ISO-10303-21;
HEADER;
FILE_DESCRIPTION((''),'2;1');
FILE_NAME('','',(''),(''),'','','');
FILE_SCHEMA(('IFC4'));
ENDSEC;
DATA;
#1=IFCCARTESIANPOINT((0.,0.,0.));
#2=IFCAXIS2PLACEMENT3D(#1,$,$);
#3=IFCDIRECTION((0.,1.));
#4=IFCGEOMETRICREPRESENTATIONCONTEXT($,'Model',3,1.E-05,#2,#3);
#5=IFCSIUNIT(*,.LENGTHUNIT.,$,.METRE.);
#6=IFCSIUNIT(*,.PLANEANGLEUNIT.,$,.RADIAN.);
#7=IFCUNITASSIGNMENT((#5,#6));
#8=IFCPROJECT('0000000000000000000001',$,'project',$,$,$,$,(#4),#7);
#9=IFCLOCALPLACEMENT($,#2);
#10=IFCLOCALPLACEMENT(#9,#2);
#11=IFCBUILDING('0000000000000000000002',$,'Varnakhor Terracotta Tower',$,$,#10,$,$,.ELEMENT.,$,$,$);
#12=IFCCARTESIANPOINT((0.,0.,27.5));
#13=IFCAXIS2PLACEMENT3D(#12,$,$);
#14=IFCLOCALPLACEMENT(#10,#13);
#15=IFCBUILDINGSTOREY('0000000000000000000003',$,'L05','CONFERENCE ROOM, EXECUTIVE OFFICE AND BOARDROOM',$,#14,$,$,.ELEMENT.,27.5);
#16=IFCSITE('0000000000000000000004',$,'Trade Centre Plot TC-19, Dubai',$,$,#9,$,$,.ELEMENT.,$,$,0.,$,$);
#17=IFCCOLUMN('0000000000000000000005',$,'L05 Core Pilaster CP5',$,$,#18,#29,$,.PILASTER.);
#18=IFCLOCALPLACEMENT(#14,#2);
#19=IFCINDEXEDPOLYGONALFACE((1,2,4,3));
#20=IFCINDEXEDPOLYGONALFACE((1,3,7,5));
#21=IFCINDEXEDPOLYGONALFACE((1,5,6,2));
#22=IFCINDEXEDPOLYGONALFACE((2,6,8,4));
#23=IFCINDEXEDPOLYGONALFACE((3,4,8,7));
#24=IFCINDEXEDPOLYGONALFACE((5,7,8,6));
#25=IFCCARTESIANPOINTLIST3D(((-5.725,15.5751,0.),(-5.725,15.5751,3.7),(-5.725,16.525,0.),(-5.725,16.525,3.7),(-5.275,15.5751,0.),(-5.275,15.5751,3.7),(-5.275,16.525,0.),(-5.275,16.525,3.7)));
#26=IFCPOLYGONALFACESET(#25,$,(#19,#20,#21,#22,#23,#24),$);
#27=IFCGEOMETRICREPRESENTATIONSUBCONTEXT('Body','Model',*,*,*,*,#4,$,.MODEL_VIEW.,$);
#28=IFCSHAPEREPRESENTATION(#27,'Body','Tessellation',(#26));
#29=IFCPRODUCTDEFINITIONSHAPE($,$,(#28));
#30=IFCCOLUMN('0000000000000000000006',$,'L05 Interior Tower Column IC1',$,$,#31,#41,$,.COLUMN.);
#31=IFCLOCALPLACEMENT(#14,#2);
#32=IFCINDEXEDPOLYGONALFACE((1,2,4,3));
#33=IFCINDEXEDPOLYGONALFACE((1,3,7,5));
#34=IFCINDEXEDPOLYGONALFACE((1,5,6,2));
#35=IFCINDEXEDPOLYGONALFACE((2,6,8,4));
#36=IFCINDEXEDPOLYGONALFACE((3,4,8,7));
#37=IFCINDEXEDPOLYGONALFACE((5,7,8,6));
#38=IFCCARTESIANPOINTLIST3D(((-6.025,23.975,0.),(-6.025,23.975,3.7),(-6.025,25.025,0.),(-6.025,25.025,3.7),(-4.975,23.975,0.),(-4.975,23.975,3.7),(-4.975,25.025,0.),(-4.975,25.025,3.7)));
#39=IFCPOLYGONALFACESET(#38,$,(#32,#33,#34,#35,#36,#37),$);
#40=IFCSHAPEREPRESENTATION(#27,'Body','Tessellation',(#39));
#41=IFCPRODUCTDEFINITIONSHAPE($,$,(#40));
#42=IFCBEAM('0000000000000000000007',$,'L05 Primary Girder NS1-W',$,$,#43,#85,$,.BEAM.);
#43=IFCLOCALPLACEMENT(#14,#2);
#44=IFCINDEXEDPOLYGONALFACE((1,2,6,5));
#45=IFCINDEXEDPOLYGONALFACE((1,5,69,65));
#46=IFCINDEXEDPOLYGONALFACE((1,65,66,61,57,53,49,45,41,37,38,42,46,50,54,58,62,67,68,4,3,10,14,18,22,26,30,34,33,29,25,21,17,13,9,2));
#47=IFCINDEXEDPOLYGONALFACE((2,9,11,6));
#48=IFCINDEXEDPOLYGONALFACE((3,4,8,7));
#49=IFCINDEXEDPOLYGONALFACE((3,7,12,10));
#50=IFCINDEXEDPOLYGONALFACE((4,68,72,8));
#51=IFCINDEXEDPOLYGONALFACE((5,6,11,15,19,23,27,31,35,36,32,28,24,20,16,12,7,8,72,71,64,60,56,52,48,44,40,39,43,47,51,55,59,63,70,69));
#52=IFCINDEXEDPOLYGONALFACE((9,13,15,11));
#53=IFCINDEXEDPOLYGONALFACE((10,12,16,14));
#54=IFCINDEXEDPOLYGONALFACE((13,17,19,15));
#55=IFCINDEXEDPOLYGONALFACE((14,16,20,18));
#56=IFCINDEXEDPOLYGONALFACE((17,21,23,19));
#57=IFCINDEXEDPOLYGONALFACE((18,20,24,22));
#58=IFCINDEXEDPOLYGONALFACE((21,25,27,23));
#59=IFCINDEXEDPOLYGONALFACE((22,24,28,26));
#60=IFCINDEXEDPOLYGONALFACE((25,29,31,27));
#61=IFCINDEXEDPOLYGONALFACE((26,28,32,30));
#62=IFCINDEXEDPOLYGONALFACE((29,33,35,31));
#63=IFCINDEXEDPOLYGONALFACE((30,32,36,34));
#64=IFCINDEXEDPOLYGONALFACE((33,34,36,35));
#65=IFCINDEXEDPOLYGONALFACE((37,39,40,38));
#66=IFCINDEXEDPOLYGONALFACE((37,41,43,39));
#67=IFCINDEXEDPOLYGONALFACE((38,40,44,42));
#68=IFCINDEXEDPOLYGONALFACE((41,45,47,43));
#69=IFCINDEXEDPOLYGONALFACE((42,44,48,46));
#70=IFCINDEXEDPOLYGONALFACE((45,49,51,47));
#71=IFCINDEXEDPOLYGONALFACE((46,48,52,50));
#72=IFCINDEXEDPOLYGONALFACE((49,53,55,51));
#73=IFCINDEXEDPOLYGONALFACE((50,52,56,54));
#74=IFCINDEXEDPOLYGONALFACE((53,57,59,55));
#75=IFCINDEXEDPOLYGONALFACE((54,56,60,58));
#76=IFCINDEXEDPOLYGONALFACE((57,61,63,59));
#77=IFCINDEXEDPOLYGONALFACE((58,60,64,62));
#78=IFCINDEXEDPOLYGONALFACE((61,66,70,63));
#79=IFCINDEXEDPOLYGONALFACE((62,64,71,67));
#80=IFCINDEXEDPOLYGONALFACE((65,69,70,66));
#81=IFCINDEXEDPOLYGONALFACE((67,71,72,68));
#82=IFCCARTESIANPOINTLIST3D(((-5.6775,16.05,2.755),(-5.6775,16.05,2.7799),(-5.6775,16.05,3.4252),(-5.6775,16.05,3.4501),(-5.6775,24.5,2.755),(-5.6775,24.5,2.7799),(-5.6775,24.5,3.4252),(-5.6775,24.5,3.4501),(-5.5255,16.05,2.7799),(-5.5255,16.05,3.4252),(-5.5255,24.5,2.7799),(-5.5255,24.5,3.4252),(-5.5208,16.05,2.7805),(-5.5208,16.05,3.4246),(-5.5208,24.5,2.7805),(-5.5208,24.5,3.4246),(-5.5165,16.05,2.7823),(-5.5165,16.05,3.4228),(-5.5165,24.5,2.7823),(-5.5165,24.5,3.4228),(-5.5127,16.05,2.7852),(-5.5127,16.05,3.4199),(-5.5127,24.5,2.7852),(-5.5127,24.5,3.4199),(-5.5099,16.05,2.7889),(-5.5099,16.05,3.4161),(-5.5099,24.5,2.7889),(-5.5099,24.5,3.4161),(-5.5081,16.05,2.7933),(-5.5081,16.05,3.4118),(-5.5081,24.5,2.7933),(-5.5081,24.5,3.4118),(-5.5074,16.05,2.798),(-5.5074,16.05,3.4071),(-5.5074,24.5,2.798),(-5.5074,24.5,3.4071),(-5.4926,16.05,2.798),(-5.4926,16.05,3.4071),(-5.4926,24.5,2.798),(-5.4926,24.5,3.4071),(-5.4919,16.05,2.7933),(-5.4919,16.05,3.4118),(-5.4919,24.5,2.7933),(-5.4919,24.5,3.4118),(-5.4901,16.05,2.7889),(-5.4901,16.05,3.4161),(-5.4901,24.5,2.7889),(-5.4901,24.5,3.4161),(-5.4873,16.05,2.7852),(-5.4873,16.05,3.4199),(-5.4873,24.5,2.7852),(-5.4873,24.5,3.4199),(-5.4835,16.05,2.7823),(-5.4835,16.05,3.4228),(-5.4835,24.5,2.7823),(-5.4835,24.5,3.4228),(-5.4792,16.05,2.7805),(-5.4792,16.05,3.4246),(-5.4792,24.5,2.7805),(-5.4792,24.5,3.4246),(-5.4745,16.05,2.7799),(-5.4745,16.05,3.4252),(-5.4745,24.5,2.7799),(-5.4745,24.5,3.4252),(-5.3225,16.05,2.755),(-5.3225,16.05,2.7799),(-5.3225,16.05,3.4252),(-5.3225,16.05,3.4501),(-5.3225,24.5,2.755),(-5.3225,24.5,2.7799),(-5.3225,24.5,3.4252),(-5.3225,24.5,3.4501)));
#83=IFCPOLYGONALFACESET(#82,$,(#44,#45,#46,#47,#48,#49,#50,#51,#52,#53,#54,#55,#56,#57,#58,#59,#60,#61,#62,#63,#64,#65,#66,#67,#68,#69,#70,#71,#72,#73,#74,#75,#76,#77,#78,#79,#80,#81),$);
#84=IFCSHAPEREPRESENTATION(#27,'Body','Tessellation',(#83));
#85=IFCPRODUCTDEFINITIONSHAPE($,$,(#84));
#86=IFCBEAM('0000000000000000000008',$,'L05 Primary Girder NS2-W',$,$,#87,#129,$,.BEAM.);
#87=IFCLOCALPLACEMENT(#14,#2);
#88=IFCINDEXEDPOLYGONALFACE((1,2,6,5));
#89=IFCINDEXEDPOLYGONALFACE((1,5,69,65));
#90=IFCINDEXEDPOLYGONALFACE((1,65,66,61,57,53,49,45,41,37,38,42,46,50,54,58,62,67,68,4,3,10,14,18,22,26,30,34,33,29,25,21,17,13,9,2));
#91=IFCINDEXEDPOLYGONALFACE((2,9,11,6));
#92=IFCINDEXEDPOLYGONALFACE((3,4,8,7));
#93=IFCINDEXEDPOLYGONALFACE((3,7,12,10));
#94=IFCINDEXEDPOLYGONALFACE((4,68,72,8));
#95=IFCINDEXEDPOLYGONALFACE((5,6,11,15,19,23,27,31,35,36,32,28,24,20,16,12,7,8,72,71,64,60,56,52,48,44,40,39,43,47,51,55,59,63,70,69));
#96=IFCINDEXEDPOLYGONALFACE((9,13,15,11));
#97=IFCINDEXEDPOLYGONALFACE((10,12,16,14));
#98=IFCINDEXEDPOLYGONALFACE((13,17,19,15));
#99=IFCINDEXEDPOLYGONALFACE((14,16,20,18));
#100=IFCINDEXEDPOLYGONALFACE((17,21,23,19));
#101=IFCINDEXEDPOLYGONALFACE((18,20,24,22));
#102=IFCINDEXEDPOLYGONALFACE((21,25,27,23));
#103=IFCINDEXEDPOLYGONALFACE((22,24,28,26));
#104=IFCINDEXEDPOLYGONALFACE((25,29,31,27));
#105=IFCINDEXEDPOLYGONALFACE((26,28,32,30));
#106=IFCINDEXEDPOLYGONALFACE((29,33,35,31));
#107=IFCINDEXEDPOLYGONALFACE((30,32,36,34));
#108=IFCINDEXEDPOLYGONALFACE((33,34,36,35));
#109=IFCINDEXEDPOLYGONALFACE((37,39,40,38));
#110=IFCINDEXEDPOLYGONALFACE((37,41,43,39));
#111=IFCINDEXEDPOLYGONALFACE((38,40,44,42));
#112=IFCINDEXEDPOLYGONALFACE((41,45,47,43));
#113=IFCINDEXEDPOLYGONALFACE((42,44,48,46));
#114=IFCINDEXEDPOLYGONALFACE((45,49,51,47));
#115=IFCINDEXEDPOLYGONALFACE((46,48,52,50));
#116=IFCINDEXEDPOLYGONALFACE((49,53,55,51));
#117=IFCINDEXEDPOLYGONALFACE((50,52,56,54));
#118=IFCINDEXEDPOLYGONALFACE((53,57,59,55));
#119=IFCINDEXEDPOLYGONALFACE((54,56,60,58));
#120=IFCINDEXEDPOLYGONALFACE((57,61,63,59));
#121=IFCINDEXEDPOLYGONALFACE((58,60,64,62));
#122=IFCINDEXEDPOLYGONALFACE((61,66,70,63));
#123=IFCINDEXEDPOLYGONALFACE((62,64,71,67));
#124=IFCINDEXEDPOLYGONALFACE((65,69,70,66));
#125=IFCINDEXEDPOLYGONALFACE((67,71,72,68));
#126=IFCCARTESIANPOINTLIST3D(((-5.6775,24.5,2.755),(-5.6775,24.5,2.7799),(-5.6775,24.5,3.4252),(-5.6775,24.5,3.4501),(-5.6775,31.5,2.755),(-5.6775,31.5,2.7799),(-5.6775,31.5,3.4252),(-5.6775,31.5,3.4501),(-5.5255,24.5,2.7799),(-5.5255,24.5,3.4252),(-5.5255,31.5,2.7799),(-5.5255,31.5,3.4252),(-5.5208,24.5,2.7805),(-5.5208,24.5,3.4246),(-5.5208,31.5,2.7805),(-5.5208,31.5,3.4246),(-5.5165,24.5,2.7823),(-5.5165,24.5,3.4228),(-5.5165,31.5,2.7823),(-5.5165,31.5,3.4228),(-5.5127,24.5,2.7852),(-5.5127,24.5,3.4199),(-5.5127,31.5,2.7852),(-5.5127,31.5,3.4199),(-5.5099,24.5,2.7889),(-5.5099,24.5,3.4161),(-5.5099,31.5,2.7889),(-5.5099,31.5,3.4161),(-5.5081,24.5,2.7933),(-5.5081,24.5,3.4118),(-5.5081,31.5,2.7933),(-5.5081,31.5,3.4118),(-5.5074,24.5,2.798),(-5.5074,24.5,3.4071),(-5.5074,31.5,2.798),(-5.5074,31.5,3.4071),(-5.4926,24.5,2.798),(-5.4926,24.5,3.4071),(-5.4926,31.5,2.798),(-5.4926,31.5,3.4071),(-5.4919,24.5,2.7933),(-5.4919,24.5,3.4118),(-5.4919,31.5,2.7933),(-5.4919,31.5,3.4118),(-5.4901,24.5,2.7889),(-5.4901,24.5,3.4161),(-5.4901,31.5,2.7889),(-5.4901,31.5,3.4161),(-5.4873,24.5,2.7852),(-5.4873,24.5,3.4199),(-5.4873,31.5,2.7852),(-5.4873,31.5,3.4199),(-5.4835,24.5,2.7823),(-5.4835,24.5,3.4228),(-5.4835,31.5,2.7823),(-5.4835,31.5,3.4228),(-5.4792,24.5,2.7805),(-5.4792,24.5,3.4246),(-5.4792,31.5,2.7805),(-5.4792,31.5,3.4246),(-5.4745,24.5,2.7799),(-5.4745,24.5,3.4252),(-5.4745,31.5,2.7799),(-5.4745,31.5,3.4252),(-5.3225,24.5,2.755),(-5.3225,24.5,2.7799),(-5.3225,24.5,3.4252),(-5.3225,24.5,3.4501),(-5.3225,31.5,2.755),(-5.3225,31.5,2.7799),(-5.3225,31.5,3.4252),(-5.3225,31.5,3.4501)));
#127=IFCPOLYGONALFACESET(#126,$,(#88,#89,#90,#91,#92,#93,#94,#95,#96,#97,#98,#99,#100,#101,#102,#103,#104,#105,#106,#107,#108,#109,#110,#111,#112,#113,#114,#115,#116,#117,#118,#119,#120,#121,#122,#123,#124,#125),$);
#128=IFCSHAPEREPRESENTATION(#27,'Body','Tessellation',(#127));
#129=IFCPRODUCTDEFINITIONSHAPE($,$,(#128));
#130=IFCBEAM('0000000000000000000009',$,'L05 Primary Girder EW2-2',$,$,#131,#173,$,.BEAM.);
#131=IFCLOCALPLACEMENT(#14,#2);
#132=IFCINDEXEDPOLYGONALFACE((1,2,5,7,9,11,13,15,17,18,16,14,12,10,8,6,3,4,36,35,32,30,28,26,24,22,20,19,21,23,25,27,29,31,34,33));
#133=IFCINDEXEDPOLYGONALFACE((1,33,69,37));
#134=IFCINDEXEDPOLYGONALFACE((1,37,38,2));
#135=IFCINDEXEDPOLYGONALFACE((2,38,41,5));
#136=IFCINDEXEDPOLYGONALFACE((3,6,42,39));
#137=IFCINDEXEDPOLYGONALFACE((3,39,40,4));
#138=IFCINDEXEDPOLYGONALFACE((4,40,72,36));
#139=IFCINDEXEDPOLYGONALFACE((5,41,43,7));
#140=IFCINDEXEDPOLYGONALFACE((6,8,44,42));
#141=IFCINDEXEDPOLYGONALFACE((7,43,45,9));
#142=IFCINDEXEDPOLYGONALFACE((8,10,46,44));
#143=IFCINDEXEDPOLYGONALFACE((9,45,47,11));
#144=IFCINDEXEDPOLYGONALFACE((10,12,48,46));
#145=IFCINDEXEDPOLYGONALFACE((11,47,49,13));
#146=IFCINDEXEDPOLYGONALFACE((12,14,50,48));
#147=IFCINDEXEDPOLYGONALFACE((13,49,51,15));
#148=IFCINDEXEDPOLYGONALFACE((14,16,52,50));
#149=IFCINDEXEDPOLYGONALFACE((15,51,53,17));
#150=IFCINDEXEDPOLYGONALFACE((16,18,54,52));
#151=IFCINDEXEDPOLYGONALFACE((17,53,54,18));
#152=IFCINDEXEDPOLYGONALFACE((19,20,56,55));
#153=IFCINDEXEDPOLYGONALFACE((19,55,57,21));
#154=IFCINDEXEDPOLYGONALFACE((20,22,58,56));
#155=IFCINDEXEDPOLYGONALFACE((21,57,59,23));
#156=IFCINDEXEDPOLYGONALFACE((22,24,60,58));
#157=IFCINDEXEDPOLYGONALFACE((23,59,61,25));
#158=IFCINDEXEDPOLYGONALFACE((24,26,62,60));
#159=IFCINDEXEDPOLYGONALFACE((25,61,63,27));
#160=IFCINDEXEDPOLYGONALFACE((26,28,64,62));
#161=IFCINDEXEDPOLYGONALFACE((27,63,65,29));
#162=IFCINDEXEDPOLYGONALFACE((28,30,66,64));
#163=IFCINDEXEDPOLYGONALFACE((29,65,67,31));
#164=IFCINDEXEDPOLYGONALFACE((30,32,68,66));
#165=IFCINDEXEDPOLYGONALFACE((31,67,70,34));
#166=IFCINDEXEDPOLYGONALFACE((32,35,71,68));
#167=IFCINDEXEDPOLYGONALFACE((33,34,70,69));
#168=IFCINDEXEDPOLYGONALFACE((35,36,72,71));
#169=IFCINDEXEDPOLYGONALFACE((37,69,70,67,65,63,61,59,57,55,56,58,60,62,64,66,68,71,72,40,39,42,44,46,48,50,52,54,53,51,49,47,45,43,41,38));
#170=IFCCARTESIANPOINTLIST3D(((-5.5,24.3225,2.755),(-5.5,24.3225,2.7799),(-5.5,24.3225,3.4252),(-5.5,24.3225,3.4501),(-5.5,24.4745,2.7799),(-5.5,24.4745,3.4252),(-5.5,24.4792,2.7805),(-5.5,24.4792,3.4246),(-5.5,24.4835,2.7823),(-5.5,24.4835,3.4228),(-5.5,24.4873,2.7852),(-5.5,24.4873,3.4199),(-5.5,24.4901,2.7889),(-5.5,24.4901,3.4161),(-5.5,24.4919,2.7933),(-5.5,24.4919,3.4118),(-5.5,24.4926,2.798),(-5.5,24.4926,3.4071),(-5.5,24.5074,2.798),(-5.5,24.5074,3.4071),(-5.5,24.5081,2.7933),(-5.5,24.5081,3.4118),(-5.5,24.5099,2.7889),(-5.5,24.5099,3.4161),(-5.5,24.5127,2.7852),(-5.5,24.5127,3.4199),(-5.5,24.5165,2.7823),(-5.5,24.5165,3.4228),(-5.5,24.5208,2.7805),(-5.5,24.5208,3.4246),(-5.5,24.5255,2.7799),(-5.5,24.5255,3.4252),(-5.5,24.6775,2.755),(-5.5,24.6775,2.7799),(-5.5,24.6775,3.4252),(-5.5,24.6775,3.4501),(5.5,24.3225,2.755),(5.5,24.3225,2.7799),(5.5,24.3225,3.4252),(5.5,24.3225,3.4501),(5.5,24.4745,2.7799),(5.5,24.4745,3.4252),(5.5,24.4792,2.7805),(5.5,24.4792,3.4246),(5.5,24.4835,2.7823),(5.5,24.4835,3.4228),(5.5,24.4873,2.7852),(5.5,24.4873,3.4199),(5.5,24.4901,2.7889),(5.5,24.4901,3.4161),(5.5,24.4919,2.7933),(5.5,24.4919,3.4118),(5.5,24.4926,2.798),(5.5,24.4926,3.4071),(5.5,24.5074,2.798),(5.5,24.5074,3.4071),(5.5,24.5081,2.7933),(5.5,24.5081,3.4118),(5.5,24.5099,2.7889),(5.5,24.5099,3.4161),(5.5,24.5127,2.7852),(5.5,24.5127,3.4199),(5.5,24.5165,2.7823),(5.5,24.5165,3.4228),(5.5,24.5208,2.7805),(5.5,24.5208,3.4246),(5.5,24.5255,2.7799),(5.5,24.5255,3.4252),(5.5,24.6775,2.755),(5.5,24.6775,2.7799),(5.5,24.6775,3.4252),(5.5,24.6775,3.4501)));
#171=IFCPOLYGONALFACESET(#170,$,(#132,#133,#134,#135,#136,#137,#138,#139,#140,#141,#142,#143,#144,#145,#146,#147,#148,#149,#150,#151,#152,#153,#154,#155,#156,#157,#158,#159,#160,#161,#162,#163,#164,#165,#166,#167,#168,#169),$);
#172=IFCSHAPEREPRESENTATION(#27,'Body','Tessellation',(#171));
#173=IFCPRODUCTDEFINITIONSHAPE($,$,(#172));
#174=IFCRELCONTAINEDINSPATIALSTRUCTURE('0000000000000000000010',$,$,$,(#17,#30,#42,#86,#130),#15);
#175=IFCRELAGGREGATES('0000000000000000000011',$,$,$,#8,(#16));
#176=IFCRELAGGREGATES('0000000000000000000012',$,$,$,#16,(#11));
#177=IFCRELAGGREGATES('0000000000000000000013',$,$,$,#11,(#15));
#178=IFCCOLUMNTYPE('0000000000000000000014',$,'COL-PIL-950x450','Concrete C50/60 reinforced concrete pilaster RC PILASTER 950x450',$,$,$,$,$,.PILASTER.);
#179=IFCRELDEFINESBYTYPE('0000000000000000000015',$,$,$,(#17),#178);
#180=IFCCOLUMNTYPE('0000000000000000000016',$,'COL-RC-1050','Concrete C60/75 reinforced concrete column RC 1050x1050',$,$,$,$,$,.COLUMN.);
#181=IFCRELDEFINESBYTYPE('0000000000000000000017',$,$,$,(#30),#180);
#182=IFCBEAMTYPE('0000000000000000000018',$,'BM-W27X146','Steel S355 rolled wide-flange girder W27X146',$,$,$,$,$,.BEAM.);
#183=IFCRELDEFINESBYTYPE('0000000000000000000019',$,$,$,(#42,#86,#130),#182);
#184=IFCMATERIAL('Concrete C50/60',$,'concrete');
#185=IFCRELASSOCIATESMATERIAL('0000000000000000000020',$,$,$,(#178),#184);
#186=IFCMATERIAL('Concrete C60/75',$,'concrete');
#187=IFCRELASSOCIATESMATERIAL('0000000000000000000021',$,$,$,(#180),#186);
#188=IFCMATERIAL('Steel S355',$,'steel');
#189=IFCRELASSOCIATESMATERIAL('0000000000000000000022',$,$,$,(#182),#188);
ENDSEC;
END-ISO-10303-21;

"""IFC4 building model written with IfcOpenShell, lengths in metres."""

from ifc_helpers import new_model, si_unit, direction, frame, origin, origin_2d, place, context, subcontext, project, spatial, rectangle, i_section, extrude, source, transform, mapped, material, material_profile, profile_set, type_object, type_shapes, element, save


model = new_model("IFC4")

# Units and contexts
model_context = context("Model", 3, precision=1e-05, world=origin(), true_north=direction((0.0, 1.0)))
body_context = subcontext(model_context, "Body", "Model", "MODEL_VIEW")
ifc_project = project(units=[si_unit("LENGTHUNIT", "METRE"), si_unit("PLANEANGLEUNIT", "RADIAN")], contexts=[model_context])

# Site, building, storey
site_placement = place(None, origin())
site = spatial("IfcSite", under=ifc_project, at=site_placement, Name="Trade Centre Plot TC-19, Dubai", CompositionType="ELEMENT", RefElevation=0.0)
building_placement = place(site_placement, origin())
building = spatial("IfcBuilding", under=site, at=building_placement, Name="Varnakhor Terracotta Tower", CompositionType="ELEMENT")
storey_placement = place(building_placement, frame((0.0, 0.0, 27.5)))
storey = spatial("IfcBuildingStorey", under=building, at=storey_placement, Name="L05", Description="CONFERENCE ROOM, EXECUTIVE OFFICE AND BOARDROOM", CompositionType="ELEMENT", Elevation=27.5)

# Columns
ifc_material_1 = material(Name="Concrete C50/60", Category="concrete")
ifc_material_profile_1 = material_profile(ifc_material_1, rectangle(XDim=0.45, YDim=0.95, at=origin_2d()), Name="RC PILASTER 950x450")
ifc_profile_set_1 = profile_set([ifc_material_profile_1], Name="Concrete C50/60")
column_type_1 = type_object("IfcColumnType", Name="COL-PIL-950x450", Description="Concrete C50/60 reinforced concrete pilaster RC PILASTER 950x450", PredefinedType="PILASTER", material=ifc_profile_set_1)
shared_shape_1 = source(origin(), body_context, "Body", "SweptSolid", [
    extrude(rectangle(XDim=0.45, YDim=0.95, at=origin_2d()), origin(), (0.0, 0.0, 1.0), 3.7),
])
column_1_placement = place(storey_placement, frame((-5.5, 16.05, 0.0), z_axis=(0.0, 0.0, 1.0), x_axis=(1.0, 0.0, 0.0)))
element("IfcColumn", 1, at=column_1_placement, inside=storey, type_object=column_type_1, Name="L05 Core Pilaster CP5", PredefinedType="PILASTER", context=body_context, shape_type="MappedRepresentation", body=[
    mapped(shared_shape_1, transform((0.0, 0.0, 0.0), scale=1.0)),
])
ifc_material_2 = material(Name="Concrete C60/75", Category="concrete")
ifc_material_profile_2 = material_profile(ifc_material_2, rectangle(XDim=1.05, YDim=1.05, at=origin_2d()), Name="RC 1050x1050")
ifc_profile_set_2 = profile_set([ifc_material_profile_2], Name="Concrete C60/75")
column_type_2 = type_object("IfcColumnType", Name="COL-RC-1050", Description="Concrete C60/75 reinforced concrete column RC 1050x1050", PredefinedType="COLUMN", material=ifc_profile_set_2)
shared_shape_2 = source(origin(), body_context, "Body", "SweptSolid", [
    extrude(rectangle(XDim=1.05, YDim=1.05, at=origin_2d()), origin(), (0.0, 0.0, 1.0), 3.7),
])
column_2_placement = place(storey_placement, frame((-5.5, 24.5, 0.0), z_axis=(0.0, 0.0, 1.0), x_axis=(1.0, 0.0, 0.0)))
element("IfcColumn", 2, at=column_2_placement, inside=storey, type_object=column_type_2, Name="L05 Interior Tower Column IC1", PredefinedType="COLUMN", context=body_context, shape_type="MappedRepresentation", body=[
    mapped(shared_shape_2, transform((0.0, 0.0, 0.0), scale=1.0)),
])

# Beams
ifc_material_3 = material(Name="Steel S355", Category="steel")
ifc_material_profile_3 = material_profile(ifc_material_3, i_section(OverallWidth=0.355, OverallDepth=0.6951, WebThickness=0.0149, FlangeThickness=0.0249, FilletRadius=0.0181, at=origin_2d()), Name="W27X146")
ifc_profile_set_3 = profile_set([ifc_material_profile_3], Name="Steel S355")
beam_type_1 = type_object("IfcBeamType", Name="BM-W27X146", Description="Steel S355 rolled wide-flange girder W27X146", PredefinedType="BEAM", material=ifc_profile_set_3)
shared_shape_3 = source(origin(), body_context, "Body", "SweptSolid", [
    extrude(i_section(OverallWidth=0.355, OverallDepth=0.6951, WebThickness=0.0149, FlangeThickness=0.0249, FilletRadius=0.0181, at=origin_2d()), origin(), (0.0, 0.0, 1.0), 8.45),
])
type_shapes(beam_type_1, [shared_shape_3])
beam_1_placement = place(storey_placement, frame((-5.5, 16.05, 3.1025), z_axis=(0.0, 1.0, 0.0), x_axis=(-1.0, 0.0, 0.0)))
element("IfcBeam", 3, at=beam_1_placement, inside=storey, type_object=beam_type_1, Name="L05 Primary Girder NS1-W", PredefinedType="BEAM", context=body_context, shape_type="MappedRepresentation", body=[
    mapped(shared_shape_3, transform((0.0, 0.0, 0.0), scale=1.0)),
])
shared_shape_4 = source(origin(), body_context, "Body", "SweptSolid", [
    extrude(i_section(OverallWidth=0.355, OverallDepth=0.6951, WebThickness=0.0149, FlangeThickness=0.0249, FilletRadius=0.0181, at=origin_2d()), origin(), (0.0, 0.0, 1.0), 7.0),
])
beam_2_placement = place(storey_placement, frame((-5.5, 24.5, 3.1025), z_axis=(0.0, 1.0, 0.0), x_axis=(-1.0, 0.0, 0.0)))
element("IfcBeam", 4, at=beam_2_placement, inside=storey, type_object=beam_type_1, Name="L05 Primary Girder NS2-W", PredefinedType="BEAM", context=body_context, shape_type="MappedRepresentation", body=[
    mapped(shared_shape_4, transform((0.0, 0.0, 0.0), scale=1.0)),
])
shared_shape_5 = source(origin(), body_context, "Body", "SweptSolid", [
    extrude(i_section(OverallWidth=0.355, OverallDepth=0.6951, WebThickness=0.0149, FlangeThickness=0.0249, FilletRadius=0.0181, at=origin_2d()), origin(), (0.0, 0.0, 1.0), 11.0),
])
beam_3_placement = place(storey_placement, frame((-5.5, 24.5, 3.1025), z_axis=(1.0, 0.0, 0.0), x_axis=(0.0, 1.0, 0.0)))
element("IfcBeam", 5, at=beam_3_placement, inside=storey, type_object=beam_type_1, Name="L05 Primary Girder EW2-2", PredefinedType="BEAM", context=body_context, shape_type="MappedRepresentation", body=[
    mapped(shared_shape_5, transform((0.0, 0.0, 0.0), scale=1.0)),
])

save(model, "model.ifc")
